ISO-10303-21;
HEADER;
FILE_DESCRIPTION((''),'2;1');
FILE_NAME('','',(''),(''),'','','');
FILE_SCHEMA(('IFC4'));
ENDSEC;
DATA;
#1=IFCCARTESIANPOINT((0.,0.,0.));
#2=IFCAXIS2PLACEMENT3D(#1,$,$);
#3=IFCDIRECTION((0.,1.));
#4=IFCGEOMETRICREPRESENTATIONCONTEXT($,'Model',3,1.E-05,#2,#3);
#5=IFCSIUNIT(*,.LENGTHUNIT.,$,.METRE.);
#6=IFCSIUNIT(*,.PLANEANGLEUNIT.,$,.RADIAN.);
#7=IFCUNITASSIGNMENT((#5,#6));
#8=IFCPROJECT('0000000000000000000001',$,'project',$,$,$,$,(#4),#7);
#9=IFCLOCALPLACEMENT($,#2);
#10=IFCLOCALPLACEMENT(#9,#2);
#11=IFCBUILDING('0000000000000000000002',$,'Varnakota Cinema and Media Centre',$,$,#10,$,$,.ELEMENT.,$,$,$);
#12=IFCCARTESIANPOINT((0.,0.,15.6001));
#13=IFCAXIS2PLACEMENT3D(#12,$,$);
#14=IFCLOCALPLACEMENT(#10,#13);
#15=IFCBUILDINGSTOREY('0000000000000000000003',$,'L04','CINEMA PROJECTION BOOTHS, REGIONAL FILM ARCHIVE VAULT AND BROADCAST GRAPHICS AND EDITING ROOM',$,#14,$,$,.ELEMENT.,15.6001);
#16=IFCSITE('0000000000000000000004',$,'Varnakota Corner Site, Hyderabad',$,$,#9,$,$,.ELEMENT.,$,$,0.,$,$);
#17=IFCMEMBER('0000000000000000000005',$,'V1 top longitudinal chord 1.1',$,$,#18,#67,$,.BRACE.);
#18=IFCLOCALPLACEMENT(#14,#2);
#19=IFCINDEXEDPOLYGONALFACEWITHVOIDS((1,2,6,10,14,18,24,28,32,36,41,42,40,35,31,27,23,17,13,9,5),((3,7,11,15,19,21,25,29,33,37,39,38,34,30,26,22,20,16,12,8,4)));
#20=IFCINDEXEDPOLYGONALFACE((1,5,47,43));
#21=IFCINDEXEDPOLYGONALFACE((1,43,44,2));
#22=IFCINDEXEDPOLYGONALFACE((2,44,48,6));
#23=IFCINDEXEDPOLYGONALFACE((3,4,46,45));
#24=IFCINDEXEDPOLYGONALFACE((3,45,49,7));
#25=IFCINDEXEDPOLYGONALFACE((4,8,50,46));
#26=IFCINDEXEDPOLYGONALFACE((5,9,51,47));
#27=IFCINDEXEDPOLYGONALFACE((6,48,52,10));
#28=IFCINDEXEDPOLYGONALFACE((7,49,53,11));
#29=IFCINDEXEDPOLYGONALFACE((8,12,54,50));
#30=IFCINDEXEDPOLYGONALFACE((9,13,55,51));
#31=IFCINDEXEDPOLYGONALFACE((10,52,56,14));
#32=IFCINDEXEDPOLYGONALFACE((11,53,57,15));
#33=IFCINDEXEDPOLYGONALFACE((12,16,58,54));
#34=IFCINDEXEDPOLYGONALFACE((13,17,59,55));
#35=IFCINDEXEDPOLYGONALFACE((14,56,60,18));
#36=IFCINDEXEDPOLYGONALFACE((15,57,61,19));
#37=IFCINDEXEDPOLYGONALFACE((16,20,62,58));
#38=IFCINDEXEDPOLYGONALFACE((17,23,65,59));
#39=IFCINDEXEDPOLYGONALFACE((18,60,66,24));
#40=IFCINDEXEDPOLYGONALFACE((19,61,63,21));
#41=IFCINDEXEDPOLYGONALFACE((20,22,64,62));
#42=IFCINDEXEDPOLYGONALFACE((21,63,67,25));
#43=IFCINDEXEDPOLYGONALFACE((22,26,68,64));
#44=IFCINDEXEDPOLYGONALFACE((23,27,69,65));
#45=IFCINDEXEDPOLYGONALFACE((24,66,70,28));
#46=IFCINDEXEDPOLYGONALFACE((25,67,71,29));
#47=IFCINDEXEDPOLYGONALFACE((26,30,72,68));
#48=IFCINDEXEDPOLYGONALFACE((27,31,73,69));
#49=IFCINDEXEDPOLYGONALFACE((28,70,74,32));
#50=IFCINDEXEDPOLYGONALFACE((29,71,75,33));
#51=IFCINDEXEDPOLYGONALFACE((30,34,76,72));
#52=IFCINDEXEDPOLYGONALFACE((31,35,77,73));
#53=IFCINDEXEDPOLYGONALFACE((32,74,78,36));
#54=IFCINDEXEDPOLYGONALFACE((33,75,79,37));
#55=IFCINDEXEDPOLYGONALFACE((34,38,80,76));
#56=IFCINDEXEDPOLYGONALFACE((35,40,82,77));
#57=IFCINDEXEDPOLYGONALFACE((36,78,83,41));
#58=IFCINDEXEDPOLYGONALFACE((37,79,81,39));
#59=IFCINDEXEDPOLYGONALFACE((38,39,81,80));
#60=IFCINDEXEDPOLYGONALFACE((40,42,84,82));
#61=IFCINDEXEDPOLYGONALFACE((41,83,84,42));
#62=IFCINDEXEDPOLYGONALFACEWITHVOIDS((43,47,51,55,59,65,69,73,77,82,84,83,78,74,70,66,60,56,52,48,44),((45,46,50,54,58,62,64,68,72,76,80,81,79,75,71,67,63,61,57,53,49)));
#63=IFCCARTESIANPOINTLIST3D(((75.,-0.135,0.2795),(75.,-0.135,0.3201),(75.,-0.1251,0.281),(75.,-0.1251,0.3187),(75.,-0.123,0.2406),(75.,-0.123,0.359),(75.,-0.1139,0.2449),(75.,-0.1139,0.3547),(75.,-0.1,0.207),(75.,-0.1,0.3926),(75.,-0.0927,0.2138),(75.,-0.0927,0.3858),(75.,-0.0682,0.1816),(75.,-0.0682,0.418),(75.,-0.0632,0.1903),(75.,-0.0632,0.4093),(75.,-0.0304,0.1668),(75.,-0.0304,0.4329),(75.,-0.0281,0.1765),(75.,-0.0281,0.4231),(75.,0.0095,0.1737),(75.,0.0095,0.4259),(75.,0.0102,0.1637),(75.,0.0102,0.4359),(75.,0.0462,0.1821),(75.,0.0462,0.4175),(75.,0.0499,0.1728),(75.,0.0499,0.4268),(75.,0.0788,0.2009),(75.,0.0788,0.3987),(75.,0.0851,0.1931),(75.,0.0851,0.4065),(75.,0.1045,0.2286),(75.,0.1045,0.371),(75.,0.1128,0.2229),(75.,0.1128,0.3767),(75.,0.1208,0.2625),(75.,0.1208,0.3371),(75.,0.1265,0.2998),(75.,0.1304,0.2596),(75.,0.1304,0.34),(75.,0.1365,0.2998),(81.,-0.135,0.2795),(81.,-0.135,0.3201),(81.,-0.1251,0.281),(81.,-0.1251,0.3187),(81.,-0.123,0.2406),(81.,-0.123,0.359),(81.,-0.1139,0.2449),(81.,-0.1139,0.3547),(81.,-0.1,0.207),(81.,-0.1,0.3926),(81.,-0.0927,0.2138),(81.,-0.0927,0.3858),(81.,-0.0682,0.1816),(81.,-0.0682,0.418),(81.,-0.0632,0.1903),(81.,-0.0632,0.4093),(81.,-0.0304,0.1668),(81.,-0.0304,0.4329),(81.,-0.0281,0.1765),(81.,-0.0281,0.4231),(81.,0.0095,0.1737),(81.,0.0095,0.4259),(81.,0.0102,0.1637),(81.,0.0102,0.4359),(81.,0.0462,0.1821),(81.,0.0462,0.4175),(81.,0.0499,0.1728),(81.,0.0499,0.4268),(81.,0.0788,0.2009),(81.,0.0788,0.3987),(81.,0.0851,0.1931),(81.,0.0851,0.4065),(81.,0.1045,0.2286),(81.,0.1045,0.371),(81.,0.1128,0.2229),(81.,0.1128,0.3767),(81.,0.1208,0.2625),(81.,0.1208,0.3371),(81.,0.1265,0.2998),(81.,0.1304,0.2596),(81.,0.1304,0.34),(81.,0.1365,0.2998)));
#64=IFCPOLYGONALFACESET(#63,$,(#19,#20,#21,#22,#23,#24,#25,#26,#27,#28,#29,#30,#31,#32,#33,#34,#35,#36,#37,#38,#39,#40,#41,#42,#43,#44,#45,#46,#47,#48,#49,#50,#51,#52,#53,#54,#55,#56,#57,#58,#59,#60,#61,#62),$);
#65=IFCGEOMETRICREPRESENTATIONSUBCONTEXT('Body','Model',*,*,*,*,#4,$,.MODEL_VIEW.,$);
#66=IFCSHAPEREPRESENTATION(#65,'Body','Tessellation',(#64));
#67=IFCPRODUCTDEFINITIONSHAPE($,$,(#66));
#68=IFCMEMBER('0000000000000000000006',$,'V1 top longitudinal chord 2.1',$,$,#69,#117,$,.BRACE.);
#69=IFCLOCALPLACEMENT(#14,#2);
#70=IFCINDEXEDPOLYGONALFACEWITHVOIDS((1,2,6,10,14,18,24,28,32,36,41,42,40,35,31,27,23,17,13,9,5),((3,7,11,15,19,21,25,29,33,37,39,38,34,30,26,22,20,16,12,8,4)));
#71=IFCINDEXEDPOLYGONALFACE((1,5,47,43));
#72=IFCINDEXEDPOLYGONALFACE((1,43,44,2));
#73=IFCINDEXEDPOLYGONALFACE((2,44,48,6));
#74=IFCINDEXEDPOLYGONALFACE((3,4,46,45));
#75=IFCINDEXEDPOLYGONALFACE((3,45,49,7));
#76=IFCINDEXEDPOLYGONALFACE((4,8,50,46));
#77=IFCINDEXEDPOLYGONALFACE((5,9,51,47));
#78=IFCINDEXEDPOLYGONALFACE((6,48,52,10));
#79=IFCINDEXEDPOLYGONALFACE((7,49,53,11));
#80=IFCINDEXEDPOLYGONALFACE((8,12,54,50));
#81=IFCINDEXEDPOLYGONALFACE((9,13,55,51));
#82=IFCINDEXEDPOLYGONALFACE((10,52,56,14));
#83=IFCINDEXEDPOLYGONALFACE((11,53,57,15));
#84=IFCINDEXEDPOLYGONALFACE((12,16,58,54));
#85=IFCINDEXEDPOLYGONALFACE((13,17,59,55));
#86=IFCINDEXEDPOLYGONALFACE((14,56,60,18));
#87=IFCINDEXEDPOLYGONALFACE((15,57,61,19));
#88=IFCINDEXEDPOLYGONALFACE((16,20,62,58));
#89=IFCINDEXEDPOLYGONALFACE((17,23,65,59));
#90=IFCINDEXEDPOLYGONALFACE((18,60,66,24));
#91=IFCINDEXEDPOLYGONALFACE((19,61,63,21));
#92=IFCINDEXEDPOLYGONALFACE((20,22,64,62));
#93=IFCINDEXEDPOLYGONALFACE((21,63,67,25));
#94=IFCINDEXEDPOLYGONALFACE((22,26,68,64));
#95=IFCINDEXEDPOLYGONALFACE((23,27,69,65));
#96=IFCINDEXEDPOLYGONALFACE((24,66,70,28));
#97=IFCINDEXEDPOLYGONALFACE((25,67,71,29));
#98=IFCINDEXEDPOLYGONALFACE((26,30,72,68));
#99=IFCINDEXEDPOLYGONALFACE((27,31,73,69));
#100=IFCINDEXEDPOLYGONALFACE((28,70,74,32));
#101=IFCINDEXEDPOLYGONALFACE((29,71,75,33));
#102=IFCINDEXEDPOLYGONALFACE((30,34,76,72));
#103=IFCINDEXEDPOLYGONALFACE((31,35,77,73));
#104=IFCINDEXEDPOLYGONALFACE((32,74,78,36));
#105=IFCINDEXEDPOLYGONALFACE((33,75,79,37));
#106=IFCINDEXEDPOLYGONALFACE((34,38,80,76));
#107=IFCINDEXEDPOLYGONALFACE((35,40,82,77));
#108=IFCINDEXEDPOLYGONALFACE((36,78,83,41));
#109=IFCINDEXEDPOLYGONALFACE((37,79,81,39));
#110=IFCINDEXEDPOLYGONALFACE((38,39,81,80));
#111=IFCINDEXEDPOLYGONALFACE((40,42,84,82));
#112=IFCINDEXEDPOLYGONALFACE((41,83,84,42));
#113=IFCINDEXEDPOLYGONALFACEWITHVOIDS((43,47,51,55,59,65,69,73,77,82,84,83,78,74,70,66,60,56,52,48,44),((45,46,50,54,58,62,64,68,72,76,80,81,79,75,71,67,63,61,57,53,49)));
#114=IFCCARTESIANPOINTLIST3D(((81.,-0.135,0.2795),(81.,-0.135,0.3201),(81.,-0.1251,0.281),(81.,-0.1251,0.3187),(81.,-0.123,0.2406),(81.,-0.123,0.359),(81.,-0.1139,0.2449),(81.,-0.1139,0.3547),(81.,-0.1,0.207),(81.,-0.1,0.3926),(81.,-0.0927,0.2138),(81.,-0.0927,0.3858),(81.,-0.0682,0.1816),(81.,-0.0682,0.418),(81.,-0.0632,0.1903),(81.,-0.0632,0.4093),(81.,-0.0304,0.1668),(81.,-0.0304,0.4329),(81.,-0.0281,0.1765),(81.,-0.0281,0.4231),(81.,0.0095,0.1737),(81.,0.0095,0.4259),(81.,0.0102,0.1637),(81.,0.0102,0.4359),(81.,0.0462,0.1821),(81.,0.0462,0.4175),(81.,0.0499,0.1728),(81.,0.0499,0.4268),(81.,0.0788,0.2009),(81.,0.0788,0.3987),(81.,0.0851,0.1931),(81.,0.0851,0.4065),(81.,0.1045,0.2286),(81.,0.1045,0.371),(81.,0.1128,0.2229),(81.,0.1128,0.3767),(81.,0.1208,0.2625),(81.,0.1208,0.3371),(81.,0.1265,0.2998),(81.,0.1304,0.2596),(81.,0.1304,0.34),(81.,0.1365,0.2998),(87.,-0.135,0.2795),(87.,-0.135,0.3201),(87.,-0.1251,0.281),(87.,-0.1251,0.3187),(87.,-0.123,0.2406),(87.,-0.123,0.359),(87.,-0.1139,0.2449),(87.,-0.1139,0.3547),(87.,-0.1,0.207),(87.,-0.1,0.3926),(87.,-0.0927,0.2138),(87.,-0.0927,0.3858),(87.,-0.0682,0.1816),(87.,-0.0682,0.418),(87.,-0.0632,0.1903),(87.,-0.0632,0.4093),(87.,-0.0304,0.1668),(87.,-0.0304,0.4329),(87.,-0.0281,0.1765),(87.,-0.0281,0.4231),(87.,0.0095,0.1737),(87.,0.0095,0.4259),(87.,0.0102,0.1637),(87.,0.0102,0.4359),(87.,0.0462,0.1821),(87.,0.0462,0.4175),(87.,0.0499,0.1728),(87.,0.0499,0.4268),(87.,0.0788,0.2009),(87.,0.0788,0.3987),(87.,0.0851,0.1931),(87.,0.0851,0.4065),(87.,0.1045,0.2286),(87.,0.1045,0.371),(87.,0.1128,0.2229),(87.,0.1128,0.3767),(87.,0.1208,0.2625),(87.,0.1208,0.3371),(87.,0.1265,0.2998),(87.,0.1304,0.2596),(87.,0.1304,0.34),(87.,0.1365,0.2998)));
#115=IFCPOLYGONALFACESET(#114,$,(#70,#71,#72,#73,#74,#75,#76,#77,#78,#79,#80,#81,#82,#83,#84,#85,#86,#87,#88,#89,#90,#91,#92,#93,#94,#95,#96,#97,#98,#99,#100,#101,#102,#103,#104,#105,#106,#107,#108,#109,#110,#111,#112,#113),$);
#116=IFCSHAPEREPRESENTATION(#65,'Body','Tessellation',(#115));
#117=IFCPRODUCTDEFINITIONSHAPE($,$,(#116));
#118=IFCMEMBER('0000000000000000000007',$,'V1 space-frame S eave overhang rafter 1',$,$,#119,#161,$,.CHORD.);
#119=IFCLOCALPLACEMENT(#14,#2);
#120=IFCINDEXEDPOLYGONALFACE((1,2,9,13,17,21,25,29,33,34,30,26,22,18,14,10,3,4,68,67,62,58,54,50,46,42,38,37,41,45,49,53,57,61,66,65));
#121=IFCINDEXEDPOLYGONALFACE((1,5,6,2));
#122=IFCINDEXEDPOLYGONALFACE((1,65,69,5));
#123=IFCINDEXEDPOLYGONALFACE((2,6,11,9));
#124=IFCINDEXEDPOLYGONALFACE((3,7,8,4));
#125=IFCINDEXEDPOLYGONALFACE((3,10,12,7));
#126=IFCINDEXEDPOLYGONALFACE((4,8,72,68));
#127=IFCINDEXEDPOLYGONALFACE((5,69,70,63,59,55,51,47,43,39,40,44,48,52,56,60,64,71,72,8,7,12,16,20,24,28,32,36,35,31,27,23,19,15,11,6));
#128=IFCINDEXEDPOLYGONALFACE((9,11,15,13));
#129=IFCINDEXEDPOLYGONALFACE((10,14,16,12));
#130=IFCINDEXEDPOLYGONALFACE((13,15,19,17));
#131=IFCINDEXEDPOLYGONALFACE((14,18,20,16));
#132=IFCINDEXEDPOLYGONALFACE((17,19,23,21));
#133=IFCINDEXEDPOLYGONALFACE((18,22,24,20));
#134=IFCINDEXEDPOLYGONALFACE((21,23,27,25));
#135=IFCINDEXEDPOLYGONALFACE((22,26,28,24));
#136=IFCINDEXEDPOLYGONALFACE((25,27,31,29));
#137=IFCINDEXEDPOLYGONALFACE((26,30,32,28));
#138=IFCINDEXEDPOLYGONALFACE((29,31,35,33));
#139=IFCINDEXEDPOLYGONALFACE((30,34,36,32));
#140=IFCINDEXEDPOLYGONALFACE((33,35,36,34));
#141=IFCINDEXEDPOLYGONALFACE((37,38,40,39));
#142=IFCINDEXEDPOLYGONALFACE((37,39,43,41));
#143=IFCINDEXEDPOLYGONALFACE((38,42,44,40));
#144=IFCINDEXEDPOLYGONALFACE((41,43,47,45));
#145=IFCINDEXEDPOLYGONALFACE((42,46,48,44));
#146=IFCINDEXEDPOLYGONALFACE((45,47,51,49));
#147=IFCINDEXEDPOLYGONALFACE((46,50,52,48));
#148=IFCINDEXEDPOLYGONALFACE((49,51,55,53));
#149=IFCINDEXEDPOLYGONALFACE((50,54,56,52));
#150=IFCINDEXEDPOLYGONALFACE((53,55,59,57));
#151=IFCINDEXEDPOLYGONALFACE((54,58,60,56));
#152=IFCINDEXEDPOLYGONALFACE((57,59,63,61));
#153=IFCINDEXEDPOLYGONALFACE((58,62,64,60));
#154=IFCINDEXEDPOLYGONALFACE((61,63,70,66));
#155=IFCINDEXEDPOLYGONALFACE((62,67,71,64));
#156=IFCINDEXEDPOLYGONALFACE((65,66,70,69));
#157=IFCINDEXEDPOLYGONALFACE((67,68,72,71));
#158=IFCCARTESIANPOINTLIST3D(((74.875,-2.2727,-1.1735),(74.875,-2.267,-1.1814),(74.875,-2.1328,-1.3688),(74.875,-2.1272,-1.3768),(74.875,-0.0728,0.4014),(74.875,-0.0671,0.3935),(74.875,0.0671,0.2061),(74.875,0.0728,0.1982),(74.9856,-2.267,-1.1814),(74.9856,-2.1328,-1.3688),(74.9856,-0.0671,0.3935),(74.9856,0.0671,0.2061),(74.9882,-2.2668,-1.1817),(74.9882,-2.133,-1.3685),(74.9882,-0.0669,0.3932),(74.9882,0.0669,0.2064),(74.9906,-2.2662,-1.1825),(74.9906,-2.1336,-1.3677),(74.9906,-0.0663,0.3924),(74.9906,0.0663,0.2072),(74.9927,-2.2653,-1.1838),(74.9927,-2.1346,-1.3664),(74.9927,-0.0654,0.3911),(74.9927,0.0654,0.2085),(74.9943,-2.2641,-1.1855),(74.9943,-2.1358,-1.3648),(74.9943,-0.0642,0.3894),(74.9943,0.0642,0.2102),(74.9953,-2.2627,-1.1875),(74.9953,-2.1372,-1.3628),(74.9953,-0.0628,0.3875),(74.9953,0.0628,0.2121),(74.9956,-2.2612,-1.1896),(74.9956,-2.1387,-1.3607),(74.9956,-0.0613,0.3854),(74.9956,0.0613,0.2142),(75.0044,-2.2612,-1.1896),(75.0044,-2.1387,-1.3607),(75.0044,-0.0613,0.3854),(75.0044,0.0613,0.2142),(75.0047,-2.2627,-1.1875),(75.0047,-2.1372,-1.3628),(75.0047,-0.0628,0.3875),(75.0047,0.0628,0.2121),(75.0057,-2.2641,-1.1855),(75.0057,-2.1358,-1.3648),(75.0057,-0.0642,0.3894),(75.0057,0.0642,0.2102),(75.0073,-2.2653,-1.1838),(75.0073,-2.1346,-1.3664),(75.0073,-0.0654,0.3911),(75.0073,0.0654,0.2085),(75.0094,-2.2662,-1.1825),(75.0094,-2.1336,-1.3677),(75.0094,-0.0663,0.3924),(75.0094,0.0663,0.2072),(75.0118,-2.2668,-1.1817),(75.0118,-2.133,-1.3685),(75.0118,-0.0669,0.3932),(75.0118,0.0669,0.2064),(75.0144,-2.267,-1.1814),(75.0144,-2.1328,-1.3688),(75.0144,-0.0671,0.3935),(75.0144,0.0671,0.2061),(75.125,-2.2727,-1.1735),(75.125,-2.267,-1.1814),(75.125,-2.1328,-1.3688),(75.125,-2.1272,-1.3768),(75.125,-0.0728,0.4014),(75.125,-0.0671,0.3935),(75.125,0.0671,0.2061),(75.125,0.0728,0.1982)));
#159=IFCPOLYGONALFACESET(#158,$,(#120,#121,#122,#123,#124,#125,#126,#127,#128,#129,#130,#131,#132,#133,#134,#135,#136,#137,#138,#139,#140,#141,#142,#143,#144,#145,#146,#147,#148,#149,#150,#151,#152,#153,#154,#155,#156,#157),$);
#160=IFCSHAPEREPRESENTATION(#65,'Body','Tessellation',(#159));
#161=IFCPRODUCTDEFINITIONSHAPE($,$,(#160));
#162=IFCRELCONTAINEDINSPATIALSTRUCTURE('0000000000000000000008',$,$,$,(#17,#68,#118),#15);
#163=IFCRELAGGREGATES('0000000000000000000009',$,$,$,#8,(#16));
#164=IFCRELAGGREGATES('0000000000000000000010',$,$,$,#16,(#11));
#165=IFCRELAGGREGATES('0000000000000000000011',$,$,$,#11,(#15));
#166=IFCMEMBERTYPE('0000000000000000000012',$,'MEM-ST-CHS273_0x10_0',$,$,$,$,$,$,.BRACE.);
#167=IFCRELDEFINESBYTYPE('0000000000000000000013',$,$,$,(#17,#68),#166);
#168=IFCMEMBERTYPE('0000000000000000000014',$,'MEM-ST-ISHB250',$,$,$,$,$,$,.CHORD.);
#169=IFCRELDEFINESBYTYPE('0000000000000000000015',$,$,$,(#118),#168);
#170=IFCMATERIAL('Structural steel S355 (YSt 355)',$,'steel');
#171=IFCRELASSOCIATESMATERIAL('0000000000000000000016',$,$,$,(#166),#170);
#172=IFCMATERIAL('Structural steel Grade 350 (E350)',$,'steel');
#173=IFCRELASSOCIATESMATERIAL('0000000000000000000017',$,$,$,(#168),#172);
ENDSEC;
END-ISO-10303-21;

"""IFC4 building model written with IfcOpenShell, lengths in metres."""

from ifc_helpers import new_model, si_unit, direction, frame, origin, origin_2d, place, context, subcontext, project, spatial, hollow_circle, i_section, extrude, material, material_profile, profile_set, type_object, element, save


model = new_model("IFC4")

# Units and contexts
model_context = context("Model", 3, precision=1e-05, world=origin(), true_north=direction((0.0, 1.0)))
body_context = subcontext(model_context, "Body", "Model", "MODEL_VIEW")
ifc_project = project(units=[si_unit("LENGTHUNIT", "METRE"), si_unit("PLANEANGLEUNIT", "RADIAN")], contexts=[model_context])

# Site, building, storey
site_placement = place(None, origin())
site = spatial("IfcSite", under=ifc_project, at=site_placement, Name="Varnakota Corner Site, Hyderabad", CompositionType="ELEMENT", RefElevation=0.0)
building_placement = place(site_placement, origin())
building = spatial("IfcBuilding", under=site, at=building_placement, Name="Varnakota Cinema and Media Centre", CompositionType="ELEMENT")
storey_placement = place(building_placement, frame((0.0, 0.0, 15.6001)))
storey = spatial("IfcBuildingStorey", under=building, at=storey_placement, Name="L04", Description="CINEMA PROJECTION BOOTHS, REGIONAL FILM ARCHIVE VAULT AND BROADCAST GRAPHICS AND EDITING ROOM", CompositionType="ELEMENT", Elevation=15.6001)

# Members
ifc_material_1 = material(Name="Structural steel S355 (YSt 355)", Category="steel")
ifc_material_profile_1 = material_profile(ifc_material_1, hollow_circle(Radius=0.1365, WallThickness=0.01, at=origin_2d()), Name="CHS 273.0x10.0")
ifc_profile_set_1 = profile_set([ifc_material_profile_1], Name="Structural steel S355 (YSt 355)")
member_type_1 = type_object("IfcMemberType", Name="MEM-ST-CHS273_0x10_0", PredefinedType="BRACE", material=ifc_profile_set_1)
for number, where, z_axis, x_axis, name in (
    (1, (75.0, 0.0, 0.2998), (1.0, 0.0, 0.0), (0.0, 1.0, 0.0), "V1 top longitudinal chord 1.1"),
    (2, (81.0, 0.0, 0.2998), (1.0, 0.0, 0.0), (0.0, 1.0, 0.0), "V1 top longitudinal chord 2.1"),
):
    element("IfcMember", number, at=place(storey_placement, frame(where, z_axis=z_axis, x_axis=x_axis)), inside=storey, type_object=member_type_1, Name=name, PredefinedType="BRACE", context=body_context, shape_type="SweptSolid", body=[
        extrude(hollow_circle(Radius=0.1365, WallThickness=0.01, at=origin_2d()), origin(), (0.0, 0.0, 1.0), 6.0),
    ])
ifc_material_2 = material(Name="Structural steel Grade 350 (E350)", Category="steel")
ifc_material_profile_2 = material_profile(ifc_material_2, i_section(OverallWidth=0.25, OverallDepth=0.25, WebThickness=0.0088, FlangeThickness=0.0098, FilletRadius=0.01, at=origin_2d()), Name="ISHB 250")
ifc_profile_set_2 = profile_set([ifc_material_profile_2], Name="Structural steel Grade 350 (E350)")
member_type_2 = type_object("IfcMemberType", Name="MEM-ST-ISHB250", PredefinedType="CHORD", material=ifc_profile_set_2)
member_1_placement = place(storey_placement, frame((75.0, 0.0, 0.2998), z_axis=(0.0, -0.813111, -0.582109), x_axis=(1.0, 0.0, 0.0)))
element("IfcMember", 3, at=member_1_placement, inside=storey, type_object=member_type_2, Name="V1 space-frame S eave overhang rafter 1", PredefinedType="CHORD", context=body_context, shape_type="SweptSolid", body=[
    extrude(i_section(OverallWidth=0.25, OverallDepth=0.25, WebThickness=0.0088, FlangeThickness=0.0098, FilletRadius=0.01, at=origin_2d()), origin(), (0.0, 0.0, 1.0), 2.7056),
])

save(model, "model.ifc")
